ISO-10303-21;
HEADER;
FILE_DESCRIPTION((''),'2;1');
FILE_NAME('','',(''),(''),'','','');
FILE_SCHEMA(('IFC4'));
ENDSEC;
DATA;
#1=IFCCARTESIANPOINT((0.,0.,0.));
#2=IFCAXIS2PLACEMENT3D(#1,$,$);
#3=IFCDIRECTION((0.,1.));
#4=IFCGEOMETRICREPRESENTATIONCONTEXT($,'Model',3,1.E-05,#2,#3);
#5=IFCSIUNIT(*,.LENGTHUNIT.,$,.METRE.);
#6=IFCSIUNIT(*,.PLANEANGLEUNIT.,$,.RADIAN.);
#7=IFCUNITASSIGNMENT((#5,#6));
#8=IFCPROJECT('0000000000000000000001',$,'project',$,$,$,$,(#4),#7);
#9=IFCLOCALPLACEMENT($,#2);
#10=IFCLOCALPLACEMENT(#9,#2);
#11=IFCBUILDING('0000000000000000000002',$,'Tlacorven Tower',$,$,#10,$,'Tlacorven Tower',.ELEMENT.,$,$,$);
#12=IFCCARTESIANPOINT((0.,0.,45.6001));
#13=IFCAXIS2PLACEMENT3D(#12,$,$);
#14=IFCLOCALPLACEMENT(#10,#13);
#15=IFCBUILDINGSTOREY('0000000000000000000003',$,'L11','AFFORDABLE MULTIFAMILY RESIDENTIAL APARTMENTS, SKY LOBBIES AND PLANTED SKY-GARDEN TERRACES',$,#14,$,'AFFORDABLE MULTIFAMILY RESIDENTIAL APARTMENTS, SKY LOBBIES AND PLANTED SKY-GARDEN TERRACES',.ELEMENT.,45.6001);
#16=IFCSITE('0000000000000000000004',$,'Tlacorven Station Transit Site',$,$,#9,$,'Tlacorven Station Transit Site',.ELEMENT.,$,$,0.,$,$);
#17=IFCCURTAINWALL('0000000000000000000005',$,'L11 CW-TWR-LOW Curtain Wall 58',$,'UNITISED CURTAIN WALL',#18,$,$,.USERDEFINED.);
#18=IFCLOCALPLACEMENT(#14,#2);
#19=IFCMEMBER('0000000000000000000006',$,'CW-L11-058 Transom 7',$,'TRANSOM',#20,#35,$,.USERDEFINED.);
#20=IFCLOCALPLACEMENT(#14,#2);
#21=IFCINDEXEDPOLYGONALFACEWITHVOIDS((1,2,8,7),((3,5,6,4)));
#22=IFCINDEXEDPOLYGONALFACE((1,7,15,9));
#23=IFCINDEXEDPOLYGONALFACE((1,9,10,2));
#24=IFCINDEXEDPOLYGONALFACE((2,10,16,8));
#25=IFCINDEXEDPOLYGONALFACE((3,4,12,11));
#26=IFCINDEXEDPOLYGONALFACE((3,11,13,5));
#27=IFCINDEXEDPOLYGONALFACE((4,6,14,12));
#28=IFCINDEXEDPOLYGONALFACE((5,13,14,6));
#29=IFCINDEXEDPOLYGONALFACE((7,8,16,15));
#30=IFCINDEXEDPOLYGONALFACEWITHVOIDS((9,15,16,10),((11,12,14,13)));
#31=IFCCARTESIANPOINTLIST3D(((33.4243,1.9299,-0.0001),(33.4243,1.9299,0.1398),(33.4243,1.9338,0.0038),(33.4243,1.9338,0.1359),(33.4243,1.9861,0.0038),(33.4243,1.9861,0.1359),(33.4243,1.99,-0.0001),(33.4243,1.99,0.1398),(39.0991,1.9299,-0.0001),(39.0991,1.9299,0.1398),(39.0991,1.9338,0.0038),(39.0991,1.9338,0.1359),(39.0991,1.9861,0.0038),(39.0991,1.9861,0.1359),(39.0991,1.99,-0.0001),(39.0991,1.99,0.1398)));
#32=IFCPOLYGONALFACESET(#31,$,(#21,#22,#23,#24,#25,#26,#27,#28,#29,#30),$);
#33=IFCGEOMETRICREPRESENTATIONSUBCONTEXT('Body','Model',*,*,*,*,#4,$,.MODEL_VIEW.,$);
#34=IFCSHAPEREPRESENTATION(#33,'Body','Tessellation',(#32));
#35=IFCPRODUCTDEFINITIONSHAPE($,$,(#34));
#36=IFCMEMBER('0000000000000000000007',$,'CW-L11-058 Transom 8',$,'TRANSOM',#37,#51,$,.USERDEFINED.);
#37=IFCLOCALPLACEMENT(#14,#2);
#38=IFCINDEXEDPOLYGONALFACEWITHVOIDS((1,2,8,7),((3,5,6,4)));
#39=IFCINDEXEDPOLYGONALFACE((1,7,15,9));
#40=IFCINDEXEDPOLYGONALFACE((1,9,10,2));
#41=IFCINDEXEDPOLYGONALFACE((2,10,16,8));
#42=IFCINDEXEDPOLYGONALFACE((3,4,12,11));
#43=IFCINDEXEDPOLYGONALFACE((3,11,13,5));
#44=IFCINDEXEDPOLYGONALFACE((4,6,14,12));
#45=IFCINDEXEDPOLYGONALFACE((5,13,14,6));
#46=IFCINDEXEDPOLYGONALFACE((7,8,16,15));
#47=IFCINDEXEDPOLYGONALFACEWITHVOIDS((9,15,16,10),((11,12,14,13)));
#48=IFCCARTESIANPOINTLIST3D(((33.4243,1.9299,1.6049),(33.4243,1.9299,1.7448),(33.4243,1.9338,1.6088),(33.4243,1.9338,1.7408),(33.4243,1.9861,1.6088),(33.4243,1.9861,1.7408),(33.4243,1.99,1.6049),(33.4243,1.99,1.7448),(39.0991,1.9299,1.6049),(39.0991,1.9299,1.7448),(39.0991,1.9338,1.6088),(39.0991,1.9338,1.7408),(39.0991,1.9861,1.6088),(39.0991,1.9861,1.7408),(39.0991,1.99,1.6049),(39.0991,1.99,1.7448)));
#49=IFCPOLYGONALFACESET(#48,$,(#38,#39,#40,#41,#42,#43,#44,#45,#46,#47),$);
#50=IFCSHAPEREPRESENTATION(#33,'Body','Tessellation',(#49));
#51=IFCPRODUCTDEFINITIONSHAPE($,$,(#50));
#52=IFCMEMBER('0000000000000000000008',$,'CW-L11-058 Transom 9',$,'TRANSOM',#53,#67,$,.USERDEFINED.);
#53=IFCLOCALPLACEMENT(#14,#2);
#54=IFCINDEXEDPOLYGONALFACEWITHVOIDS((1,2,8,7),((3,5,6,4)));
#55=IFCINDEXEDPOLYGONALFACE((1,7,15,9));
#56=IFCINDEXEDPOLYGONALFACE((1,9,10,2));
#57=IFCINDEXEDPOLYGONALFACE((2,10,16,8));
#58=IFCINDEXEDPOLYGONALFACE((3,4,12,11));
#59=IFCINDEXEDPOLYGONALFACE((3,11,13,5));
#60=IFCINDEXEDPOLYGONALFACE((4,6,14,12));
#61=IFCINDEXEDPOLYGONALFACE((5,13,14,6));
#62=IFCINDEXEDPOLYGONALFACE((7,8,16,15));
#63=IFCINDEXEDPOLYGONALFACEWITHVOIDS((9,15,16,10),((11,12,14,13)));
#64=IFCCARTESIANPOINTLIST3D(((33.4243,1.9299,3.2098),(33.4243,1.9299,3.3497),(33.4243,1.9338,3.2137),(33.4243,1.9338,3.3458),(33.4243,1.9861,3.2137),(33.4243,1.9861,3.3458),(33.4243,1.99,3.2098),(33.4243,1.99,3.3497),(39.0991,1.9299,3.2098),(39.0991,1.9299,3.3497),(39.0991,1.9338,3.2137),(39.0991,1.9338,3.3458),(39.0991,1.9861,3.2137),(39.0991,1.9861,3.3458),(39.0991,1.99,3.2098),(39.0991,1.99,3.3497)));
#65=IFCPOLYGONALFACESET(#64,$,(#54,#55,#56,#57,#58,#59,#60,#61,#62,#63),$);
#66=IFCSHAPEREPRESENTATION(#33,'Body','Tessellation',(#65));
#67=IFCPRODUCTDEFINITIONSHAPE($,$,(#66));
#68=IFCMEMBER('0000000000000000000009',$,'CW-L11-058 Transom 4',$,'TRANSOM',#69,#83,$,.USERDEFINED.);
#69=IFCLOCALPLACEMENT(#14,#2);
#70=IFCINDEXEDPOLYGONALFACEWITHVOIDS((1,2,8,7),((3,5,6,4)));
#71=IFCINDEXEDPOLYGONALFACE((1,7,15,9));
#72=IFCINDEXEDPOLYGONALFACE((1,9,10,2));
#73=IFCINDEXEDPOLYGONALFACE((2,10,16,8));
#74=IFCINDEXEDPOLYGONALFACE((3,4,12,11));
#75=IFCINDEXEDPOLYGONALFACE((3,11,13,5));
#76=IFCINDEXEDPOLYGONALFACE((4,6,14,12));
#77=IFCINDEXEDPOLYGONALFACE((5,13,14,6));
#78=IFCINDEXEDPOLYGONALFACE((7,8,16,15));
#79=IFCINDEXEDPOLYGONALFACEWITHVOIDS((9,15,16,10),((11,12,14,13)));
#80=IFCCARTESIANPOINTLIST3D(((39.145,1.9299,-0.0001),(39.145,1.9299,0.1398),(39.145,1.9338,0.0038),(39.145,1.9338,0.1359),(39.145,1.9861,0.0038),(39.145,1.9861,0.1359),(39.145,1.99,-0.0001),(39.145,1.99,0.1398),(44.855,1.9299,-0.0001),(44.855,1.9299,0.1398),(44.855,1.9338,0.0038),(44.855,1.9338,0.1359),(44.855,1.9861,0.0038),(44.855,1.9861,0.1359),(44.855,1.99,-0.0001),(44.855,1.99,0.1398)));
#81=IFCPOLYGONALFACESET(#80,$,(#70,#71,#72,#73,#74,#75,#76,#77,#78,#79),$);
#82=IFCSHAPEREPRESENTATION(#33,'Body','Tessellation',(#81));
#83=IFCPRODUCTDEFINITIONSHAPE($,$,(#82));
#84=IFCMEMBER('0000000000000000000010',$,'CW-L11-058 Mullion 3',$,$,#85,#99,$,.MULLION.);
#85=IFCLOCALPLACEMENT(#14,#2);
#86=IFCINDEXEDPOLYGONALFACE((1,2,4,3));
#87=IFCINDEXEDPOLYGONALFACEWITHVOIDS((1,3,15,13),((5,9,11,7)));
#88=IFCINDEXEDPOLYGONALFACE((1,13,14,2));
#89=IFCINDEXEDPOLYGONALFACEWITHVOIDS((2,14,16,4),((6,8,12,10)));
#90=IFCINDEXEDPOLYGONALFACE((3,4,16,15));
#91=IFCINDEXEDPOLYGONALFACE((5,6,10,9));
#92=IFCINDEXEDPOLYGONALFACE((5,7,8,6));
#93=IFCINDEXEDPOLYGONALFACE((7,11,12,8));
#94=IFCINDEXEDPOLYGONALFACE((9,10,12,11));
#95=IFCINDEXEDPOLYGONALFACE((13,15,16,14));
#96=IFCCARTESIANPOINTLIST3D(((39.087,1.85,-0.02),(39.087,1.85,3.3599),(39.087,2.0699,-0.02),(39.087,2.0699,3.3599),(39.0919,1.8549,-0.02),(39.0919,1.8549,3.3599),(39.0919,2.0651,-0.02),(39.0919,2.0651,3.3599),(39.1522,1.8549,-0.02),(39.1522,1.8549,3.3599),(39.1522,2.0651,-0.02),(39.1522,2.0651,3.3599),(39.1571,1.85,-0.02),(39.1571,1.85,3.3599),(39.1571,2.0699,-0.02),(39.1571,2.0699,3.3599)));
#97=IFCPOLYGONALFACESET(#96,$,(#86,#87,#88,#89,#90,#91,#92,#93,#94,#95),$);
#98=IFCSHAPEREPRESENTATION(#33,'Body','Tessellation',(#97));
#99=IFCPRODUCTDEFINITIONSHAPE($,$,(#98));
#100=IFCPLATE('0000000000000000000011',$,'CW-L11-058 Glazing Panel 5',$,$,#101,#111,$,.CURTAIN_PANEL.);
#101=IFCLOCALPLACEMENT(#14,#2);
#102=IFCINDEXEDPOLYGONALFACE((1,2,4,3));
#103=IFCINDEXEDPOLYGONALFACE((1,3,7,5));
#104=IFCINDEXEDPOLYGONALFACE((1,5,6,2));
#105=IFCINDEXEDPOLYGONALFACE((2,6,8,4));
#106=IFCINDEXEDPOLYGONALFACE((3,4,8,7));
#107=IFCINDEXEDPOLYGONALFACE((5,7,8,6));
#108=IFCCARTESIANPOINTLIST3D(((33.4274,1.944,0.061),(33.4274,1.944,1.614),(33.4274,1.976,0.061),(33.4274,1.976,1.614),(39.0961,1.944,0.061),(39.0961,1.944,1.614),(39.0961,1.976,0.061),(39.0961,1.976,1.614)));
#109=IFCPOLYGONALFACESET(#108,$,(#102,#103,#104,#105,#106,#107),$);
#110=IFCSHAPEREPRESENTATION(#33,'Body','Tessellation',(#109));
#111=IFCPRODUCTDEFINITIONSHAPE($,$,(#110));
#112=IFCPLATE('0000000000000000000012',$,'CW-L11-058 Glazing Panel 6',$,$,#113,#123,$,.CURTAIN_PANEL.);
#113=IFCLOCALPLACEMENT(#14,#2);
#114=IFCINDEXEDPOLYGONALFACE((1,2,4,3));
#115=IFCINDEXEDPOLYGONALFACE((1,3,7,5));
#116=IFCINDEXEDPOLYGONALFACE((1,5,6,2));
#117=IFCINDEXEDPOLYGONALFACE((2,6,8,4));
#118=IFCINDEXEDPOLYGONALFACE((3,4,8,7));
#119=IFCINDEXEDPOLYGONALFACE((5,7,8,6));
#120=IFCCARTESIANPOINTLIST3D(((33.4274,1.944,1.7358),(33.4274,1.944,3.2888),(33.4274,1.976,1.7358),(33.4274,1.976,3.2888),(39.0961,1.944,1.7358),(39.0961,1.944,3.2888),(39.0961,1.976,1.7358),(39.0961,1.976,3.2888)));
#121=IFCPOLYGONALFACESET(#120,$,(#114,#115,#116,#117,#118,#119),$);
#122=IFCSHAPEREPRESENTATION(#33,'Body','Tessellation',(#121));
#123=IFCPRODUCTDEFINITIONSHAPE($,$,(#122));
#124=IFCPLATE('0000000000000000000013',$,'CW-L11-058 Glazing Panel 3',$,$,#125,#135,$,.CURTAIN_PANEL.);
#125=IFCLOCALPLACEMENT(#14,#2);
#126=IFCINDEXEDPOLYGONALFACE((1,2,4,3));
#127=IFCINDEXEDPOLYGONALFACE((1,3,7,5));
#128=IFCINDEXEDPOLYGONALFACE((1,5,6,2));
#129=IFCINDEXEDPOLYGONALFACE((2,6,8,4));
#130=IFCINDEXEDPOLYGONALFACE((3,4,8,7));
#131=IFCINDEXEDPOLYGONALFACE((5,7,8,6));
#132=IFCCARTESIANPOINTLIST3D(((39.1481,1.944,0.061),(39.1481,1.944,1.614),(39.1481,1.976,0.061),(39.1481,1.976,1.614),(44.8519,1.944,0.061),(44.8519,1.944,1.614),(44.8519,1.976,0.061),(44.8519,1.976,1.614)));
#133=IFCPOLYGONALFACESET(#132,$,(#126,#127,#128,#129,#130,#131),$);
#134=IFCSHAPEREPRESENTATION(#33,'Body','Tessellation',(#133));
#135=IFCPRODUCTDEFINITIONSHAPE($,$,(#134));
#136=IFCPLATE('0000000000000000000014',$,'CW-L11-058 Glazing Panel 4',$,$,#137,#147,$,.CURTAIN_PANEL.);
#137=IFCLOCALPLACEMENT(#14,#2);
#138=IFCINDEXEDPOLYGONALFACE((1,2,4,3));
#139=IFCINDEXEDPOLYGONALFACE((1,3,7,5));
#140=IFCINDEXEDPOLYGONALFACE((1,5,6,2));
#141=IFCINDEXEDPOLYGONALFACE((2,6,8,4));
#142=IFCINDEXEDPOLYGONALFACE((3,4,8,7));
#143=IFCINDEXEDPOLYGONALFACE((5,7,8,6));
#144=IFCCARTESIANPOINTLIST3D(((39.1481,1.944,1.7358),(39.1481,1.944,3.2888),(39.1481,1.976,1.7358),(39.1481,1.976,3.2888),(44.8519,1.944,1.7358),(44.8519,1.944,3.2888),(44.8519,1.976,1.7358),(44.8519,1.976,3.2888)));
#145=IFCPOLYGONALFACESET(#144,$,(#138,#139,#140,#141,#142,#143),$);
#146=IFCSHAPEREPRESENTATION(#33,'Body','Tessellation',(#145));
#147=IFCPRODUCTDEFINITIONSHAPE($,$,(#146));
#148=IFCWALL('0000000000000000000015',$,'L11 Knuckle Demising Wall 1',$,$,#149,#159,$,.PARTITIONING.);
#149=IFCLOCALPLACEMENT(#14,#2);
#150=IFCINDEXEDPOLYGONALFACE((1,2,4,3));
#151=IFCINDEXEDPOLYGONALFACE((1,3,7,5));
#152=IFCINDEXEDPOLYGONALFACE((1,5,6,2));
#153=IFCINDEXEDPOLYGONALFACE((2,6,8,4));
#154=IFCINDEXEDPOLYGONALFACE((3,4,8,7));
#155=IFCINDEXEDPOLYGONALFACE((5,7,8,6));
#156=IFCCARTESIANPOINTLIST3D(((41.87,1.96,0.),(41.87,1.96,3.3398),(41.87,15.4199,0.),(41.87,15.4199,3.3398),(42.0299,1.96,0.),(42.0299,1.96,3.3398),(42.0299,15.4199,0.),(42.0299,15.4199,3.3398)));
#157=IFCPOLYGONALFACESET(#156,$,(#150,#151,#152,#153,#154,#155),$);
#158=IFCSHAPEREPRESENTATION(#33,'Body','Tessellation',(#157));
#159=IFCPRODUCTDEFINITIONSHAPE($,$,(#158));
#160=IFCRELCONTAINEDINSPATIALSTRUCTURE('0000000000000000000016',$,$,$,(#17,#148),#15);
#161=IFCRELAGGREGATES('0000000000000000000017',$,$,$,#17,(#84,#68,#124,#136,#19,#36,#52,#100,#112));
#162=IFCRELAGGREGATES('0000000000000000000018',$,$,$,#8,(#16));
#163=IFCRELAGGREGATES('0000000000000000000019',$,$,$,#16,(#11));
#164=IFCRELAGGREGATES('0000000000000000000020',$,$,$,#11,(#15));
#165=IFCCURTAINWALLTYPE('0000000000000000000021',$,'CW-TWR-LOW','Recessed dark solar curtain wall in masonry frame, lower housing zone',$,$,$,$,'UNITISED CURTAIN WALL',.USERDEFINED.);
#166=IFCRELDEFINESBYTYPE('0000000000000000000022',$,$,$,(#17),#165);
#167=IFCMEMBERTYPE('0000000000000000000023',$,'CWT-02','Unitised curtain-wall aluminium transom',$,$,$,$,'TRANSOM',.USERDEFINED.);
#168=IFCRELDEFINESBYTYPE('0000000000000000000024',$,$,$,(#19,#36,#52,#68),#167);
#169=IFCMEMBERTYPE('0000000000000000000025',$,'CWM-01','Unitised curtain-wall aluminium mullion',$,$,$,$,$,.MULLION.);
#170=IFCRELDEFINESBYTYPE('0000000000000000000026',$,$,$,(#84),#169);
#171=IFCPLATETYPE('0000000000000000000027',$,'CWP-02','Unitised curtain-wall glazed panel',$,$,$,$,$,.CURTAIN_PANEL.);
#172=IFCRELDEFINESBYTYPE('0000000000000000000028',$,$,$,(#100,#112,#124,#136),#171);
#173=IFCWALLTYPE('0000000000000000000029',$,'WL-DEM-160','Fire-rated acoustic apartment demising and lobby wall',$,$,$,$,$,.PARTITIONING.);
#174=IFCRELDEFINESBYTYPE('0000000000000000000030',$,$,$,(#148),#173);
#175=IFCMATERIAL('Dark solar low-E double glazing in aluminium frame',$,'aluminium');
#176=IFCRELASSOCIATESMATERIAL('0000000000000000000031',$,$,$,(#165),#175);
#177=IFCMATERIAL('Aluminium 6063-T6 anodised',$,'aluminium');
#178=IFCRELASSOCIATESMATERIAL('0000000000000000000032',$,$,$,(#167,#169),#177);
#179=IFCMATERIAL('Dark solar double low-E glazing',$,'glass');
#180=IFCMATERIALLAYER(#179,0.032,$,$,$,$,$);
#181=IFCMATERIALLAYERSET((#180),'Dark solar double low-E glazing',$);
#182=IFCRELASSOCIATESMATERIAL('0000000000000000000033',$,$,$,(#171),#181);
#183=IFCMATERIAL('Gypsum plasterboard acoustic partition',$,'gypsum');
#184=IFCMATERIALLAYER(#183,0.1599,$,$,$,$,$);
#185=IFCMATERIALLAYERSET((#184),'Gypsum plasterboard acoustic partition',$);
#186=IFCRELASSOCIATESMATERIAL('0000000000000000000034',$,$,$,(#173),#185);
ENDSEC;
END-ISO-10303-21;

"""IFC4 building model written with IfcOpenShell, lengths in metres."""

from ifc_helpers import new_model, si_unit, direction, frame, frame_2d, origin, origin_2d, place, context, subcontext, project, spatial, rectangle, hollow_rectangle, extrude, source, transform, mapped, material, layer, layer_set, material_profile, profile_set, type_object, element, aggregate, save


model = new_model("IFC4")

# Units and contexts
model_context = context("Model", 3, precision=1e-05, world=origin(), true_north=direction((0.0, 1.0)))
body_context = subcontext(model_context, "Body", "Model", "MODEL_VIEW")
ifc_project = project(units=[si_unit("LENGTHUNIT", "METRE"), si_unit("PLANEANGLEUNIT", "RADIAN")], contexts=[model_context])

# Site, building, storey
site_placement = place(None, origin())
site = spatial("IfcSite", under=ifc_project, at=site_placement, Name="Tlacorven Station Transit Site", LongName="Tlacorven Station Transit Site", CompositionType="ELEMENT", RefElevation=0.0)
building_placement = place(site_placement, origin())
building = spatial("IfcBuilding", under=site, at=building_placement, Name="Tlacorven Tower", LongName="Tlacorven Tower", CompositionType="ELEMENT")
storey_placement = place(building_placement, frame((0.0, 0.0, 45.6001)))
storey = spatial("IfcBuildingStorey", under=building, at=storey_placement, Name="L11", Description="AFFORDABLE MULTIFAMILY RESIDENTIAL APARTMENTS, SKY LOBBIES AND PLANTED SKY-GARDEN TERRACES", LongName="AFFORDABLE MULTIFAMILY RESIDENTIAL APARTMENTS, SKY LOBBIES AND PLANTED SKY-GARDEN TERRACES", CompositionType="ELEMENT", Elevation=45.6001)

# Curtain wall, members, plates
ifc_material_1 = material(Name="Dark solar low-E double glazing in aluminium frame", Category="aluminium")
curtain_wall_type = type_object("IfcCurtainWallType", Name="CW-TWR-LOW", Description="Recessed dark solar curtain wall in masonry frame, lower housing zone", ElementType="UNITISED CURTAIN WALL", PredefinedType="USERDEFINED", material=ifc_material_1)
curtain_wall_placement = place(storey_placement, origin())
curtain_wall = element("IfcCurtainWall", 1, at=curtain_wall_placement, inside=storey, type_object=curtain_wall_type, Name="L11 CW-TWR-LOW Curtain Wall 58", ObjectType="UNITISED CURTAIN WALL", PredefinedType="USERDEFINED")
ifc_material_2 = material(Name="Aluminium 6063-T6 anodised", Category="aluminium")
ifc_material_profile_1 = material_profile(ifc_material_2, hollow_rectangle(XDim=0.0601, YDim=0.1399, WallThickness=0.0039, at=origin_2d()), Name="ALU TRANSOM 60X140")
ifc_profile_set_1 = profile_set([ifc_material_profile_1], Name="Aluminium 6063-T6 anodised")
member_type_1 = type_object("IfcMemberType", Name="CWT-02", Description="Unitised curtain-wall aluminium transom", ElementType="TRANSOM", PredefinedType="USERDEFINED", material=ifc_profile_set_1)
shared_shape_1 = source(origin(), body_context, "Body", "SweptSolid", [
    extrude(hollow_rectangle(XDim=0.0601, YDim=0.1399, WallThickness=0.0039, at=origin_2d()), origin(), (0.0, 0.0, 1.0), 5.6748),
])
member_1_placement = place(storey_placement, frame((39.0991, 1.96, 0.0698), z_axis=(-1.0, 0.0, 0.0), x_axis=(0.0, -1.0, 0.0)))
member_1 = element("IfcMember", 2, at=member_1_placement, type_object=member_type_1, Name="CW-L11-058 Transom 7", ObjectType="TRANSOM", PredefinedType="USERDEFINED", context=body_context, shape_type="MappedRepresentation", body=[
    mapped(shared_shape_1, transform((0.0, 0.0, 0.0), scale=1.0)),
])
member_2_placement = place(storey_placement, frame((39.0991, 1.96, 1.6748), z_axis=(-1.0, 0.0, 0.0), x_axis=(0.0, -1.0, 0.0)))
member_2 = element("IfcMember", 3, at=member_2_placement, type_object=member_type_1, Name="CW-L11-058 Transom 8", ObjectType="TRANSOM", PredefinedType="USERDEFINED", context=body_context, shape_type="MappedRepresentation", body=[
    mapped(shared_shape_1, transform((0.0, 0.0, 0.0), scale=1.0)),
])
member_3_placement = place(storey_placement, frame((39.0991, 1.96, 3.2798), z_axis=(-1.0, 0.0, 0.0), x_axis=(0.0, -1.0, 0.0)))
member_3 = element("IfcMember", 4, at=member_3_placement, type_object=member_type_1, Name="CW-L11-058 Transom 9", ObjectType="TRANSOM", PredefinedType="USERDEFINED", context=body_context, shape_type="MappedRepresentation", body=[
    mapped(shared_shape_1, transform((0.0, 0.0, 0.0), scale=1.0)),
])
shared_shape_2 = source(origin(), body_context, "Body", "SweptSolid", [
    extrude(hollow_rectangle(XDim=0.0601, YDim=0.1399, WallThickness=0.0039, at=origin_2d()), origin(), (0.0, 0.0, 1.0), 5.71),
])
member_4_placement = place(storey_placement, frame((44.855, 1.96, 0.0698), z_axis=(-1.0, 0.0, 0.0), x_axis=(0.0, -1.0, 0.0)))
member_4 = element("IfcMember", 5, at=member_4_placement, type_object=member_type_1, Name="CW-L11-058 Transom 4", ObjectType="TRANSOM", PredefinedType="USERDEFINED", context=body_context, shape_type="MappedRepresentation", body=[
    mapped(shared_shape_2, transform((0.0, 0.0, 0.0), scale=1.0)),
])
ifc_material_profile_2 = material_profile(ifc_material_2, hollow_rectangle(XDim=0.0701, YDim=0.22, WallThickness=0.0049, at=origin_2d()), Name="ALU MULLION 70X220")
ifc_profile_set_2 = profile_set([ifc_material_profile_2], Name="Aluminium 6063-T6 anodised")
member_type_2 = type_object("IfcMemberType", Name="CWM-01", Description="Unitised curtain-wall aluminium mullion", PredefinedType="MULLION", material=ifc_profile_set_2)
shared_shape_3 = source(origin(), body_context, "Body", "SweptSolid", [
    extrude(hollow_rectangle(XDim=0.0701, YDim=0.22, WallThickness=0.0049, at=origin_2d()), origin(), (0.0, 0.0, 1.0), 3.3799),
])
member_5_placement = place(storey_placement, frame((39.1221, 1.96, -0.02), z_axis=(0.0, 0.0, 1.0), x_axis=(-1.0, 0.0, 0.0)))
member_5 = element("IfcMember", 6, at=member_5_placement, type_object=member_type_2, Name="CW-L11-058 Mullion 3", PredefinedType="MULLION", context=body_context, shape_type="MappedRepresentation", body=[
    mapped(shared_shape_3, transform((0.0, 0.0, 0.0), scale=1.0)),
])
ifc_material_3 = material(Name="Dark solar double low-E glazing", Category="glass")
ifc_layer_1 = layer(ifc_material_3, 0.032)
ifc_layer_set_1 = layer_set([ifc_layer_1], Name="Dark solar double low-E glazing")
plate_type = type_object("IfcPlateType", Name="CWP-02", Description="Unitised curtain-wall glazed panel", PredefinedType="CURTAIN_PANEL", material=ifc_layer_set_1)
shared_shape_4 = source(origin(), body_context, "Body", "SweptSolid", [
    extrude(rectangle(XDim=5.6687, YDim=0.032, at=origin_2d()), origin(), (0.0, 0.0, 1.0), 1.553),
])
plate_1_placement = place(storey_placement, frame((36.2617, 1.96, 0.061), z_axis=(0.0, 0.0, 1.0), x_axis=(-1.0, 0.0, 0.0)))
plate_1 = element("IfcPlate", 7, at=plate_1_placement, type_object=plate_type, Name="CW-L11-058 Glazing Panel 5", PredefinedType="CURTAIN_PANEL", context=body_context, shape_type="MappedRepresentation", body=[
    mapped(shared_shape_4, transform((0.0, 0.0, 0.0), scale=1.0)),
])
plate_2_placement = place(storey_placement, frame((36.2617, 1.96, 1.7358), z_axis=(0.0, 0.0, 1.0), x_axis=(-1.0, 0.0, 0.0)))
plate_2 = element("IfcPlate", 8, at=plate_2_placement, type_object=plate_type, Name="CW-L11-058 Glazing Panel 6", PredefinedType="CURTAIN_PANEL", context=body_context, shape_type="MappedRepresentation", body=[
    mapped(shared_shape_4, transform((0.0, 0.0, 0.0), scale=1.0)),
])
shared_shape_5 = source(origin(), body_context, "Body", "SweptSolid", [
    extrude(rectangle(XDim=5.7039, YDim=0.032, at=origin_2d()), origin(), (0.0, 0.0, 1.0), 1.553),
])
plate_3_placement = place(storey_placement, frame((42.0, 1.96, 0.061), z_axis=(0.0, 0.0, 1.0), x_axis=(-1.0, 0.0, 0.0)))
plate_3 = element("IfcPlate", 9, at=plate_3_placement, type_object=plate_type, Name="CW-L11-058 Glazing Panel 3", PredefinedType="CURTAIN_PANEL", context=body_context, shape_type="MappedRepresentation", body=[
    mapped(shared_shape_5, transform((0.0, 0.0, 0.0), scale=1.0)),
])
plate_4_placement = place(storey_placement, frame((42.0, 1.96, 1.7358), z_axis=(0.0, 0.0, 1.0), x_axis=(-1.0, 0.0, 0.0)))
plate_4 = element("IfcPlate", 10, at=plate_4_placement, type_object=plate_type, Name="CW-L11-058 Glazing Panel 4", PredefinedType="CURTAIN_PANEL", context=body_context, shape_type="MappedRepresentation", body=[
    mapped(shared_shape_5, transform((0.0, 0.0, 0.0), scale=1.0)),
])
aggregate(curtain_wall, [member_5, member_4, plate_3, plate_4, member_1, member_2, member_3, plate_1, plate_2])

# Wall
ifc_material_4 = material(Name="Gypsum plasterboard acoustic partition", Category="gypsum")
ifc_layer_2 = layer(ifc_material_4, 0.1599)
ifc_layer_set_2 = layer_set([ifc_layer_2], Name="Gypsum plasterboard acoustic partition")
wall_type_1 = type_object("IfcWallType", Name="WL-DEM-160", Description="Fire-rated acoustic apartment demising and lobby wall", PredefinedType="PARTITIONING", material=ifc_layer_set_2)
wall_1_placement = place(storey_placement, frame((41.95, 1.96, 0.0), z_axis=(0.0, 0.0, 1.0), x_axis=(0.0, 1.0, 0.0)))
element("IfcWall", 11, at=wall_1_placement, inside=storey, type_object=wall_type_1, Name="L11 Knuckle Demising Wall 1", PredefinedType="PARTITIONING", context=body_context, shape_type="SweptSolid", body=[
    extrude(rectangle(XDim=13.46, YDim=0.1599, at=frame_2d((6.73, 0.0))), origin(), (0.0, 0.0, 1.0), 3.3398),
])

save(model, "model.ifc")
